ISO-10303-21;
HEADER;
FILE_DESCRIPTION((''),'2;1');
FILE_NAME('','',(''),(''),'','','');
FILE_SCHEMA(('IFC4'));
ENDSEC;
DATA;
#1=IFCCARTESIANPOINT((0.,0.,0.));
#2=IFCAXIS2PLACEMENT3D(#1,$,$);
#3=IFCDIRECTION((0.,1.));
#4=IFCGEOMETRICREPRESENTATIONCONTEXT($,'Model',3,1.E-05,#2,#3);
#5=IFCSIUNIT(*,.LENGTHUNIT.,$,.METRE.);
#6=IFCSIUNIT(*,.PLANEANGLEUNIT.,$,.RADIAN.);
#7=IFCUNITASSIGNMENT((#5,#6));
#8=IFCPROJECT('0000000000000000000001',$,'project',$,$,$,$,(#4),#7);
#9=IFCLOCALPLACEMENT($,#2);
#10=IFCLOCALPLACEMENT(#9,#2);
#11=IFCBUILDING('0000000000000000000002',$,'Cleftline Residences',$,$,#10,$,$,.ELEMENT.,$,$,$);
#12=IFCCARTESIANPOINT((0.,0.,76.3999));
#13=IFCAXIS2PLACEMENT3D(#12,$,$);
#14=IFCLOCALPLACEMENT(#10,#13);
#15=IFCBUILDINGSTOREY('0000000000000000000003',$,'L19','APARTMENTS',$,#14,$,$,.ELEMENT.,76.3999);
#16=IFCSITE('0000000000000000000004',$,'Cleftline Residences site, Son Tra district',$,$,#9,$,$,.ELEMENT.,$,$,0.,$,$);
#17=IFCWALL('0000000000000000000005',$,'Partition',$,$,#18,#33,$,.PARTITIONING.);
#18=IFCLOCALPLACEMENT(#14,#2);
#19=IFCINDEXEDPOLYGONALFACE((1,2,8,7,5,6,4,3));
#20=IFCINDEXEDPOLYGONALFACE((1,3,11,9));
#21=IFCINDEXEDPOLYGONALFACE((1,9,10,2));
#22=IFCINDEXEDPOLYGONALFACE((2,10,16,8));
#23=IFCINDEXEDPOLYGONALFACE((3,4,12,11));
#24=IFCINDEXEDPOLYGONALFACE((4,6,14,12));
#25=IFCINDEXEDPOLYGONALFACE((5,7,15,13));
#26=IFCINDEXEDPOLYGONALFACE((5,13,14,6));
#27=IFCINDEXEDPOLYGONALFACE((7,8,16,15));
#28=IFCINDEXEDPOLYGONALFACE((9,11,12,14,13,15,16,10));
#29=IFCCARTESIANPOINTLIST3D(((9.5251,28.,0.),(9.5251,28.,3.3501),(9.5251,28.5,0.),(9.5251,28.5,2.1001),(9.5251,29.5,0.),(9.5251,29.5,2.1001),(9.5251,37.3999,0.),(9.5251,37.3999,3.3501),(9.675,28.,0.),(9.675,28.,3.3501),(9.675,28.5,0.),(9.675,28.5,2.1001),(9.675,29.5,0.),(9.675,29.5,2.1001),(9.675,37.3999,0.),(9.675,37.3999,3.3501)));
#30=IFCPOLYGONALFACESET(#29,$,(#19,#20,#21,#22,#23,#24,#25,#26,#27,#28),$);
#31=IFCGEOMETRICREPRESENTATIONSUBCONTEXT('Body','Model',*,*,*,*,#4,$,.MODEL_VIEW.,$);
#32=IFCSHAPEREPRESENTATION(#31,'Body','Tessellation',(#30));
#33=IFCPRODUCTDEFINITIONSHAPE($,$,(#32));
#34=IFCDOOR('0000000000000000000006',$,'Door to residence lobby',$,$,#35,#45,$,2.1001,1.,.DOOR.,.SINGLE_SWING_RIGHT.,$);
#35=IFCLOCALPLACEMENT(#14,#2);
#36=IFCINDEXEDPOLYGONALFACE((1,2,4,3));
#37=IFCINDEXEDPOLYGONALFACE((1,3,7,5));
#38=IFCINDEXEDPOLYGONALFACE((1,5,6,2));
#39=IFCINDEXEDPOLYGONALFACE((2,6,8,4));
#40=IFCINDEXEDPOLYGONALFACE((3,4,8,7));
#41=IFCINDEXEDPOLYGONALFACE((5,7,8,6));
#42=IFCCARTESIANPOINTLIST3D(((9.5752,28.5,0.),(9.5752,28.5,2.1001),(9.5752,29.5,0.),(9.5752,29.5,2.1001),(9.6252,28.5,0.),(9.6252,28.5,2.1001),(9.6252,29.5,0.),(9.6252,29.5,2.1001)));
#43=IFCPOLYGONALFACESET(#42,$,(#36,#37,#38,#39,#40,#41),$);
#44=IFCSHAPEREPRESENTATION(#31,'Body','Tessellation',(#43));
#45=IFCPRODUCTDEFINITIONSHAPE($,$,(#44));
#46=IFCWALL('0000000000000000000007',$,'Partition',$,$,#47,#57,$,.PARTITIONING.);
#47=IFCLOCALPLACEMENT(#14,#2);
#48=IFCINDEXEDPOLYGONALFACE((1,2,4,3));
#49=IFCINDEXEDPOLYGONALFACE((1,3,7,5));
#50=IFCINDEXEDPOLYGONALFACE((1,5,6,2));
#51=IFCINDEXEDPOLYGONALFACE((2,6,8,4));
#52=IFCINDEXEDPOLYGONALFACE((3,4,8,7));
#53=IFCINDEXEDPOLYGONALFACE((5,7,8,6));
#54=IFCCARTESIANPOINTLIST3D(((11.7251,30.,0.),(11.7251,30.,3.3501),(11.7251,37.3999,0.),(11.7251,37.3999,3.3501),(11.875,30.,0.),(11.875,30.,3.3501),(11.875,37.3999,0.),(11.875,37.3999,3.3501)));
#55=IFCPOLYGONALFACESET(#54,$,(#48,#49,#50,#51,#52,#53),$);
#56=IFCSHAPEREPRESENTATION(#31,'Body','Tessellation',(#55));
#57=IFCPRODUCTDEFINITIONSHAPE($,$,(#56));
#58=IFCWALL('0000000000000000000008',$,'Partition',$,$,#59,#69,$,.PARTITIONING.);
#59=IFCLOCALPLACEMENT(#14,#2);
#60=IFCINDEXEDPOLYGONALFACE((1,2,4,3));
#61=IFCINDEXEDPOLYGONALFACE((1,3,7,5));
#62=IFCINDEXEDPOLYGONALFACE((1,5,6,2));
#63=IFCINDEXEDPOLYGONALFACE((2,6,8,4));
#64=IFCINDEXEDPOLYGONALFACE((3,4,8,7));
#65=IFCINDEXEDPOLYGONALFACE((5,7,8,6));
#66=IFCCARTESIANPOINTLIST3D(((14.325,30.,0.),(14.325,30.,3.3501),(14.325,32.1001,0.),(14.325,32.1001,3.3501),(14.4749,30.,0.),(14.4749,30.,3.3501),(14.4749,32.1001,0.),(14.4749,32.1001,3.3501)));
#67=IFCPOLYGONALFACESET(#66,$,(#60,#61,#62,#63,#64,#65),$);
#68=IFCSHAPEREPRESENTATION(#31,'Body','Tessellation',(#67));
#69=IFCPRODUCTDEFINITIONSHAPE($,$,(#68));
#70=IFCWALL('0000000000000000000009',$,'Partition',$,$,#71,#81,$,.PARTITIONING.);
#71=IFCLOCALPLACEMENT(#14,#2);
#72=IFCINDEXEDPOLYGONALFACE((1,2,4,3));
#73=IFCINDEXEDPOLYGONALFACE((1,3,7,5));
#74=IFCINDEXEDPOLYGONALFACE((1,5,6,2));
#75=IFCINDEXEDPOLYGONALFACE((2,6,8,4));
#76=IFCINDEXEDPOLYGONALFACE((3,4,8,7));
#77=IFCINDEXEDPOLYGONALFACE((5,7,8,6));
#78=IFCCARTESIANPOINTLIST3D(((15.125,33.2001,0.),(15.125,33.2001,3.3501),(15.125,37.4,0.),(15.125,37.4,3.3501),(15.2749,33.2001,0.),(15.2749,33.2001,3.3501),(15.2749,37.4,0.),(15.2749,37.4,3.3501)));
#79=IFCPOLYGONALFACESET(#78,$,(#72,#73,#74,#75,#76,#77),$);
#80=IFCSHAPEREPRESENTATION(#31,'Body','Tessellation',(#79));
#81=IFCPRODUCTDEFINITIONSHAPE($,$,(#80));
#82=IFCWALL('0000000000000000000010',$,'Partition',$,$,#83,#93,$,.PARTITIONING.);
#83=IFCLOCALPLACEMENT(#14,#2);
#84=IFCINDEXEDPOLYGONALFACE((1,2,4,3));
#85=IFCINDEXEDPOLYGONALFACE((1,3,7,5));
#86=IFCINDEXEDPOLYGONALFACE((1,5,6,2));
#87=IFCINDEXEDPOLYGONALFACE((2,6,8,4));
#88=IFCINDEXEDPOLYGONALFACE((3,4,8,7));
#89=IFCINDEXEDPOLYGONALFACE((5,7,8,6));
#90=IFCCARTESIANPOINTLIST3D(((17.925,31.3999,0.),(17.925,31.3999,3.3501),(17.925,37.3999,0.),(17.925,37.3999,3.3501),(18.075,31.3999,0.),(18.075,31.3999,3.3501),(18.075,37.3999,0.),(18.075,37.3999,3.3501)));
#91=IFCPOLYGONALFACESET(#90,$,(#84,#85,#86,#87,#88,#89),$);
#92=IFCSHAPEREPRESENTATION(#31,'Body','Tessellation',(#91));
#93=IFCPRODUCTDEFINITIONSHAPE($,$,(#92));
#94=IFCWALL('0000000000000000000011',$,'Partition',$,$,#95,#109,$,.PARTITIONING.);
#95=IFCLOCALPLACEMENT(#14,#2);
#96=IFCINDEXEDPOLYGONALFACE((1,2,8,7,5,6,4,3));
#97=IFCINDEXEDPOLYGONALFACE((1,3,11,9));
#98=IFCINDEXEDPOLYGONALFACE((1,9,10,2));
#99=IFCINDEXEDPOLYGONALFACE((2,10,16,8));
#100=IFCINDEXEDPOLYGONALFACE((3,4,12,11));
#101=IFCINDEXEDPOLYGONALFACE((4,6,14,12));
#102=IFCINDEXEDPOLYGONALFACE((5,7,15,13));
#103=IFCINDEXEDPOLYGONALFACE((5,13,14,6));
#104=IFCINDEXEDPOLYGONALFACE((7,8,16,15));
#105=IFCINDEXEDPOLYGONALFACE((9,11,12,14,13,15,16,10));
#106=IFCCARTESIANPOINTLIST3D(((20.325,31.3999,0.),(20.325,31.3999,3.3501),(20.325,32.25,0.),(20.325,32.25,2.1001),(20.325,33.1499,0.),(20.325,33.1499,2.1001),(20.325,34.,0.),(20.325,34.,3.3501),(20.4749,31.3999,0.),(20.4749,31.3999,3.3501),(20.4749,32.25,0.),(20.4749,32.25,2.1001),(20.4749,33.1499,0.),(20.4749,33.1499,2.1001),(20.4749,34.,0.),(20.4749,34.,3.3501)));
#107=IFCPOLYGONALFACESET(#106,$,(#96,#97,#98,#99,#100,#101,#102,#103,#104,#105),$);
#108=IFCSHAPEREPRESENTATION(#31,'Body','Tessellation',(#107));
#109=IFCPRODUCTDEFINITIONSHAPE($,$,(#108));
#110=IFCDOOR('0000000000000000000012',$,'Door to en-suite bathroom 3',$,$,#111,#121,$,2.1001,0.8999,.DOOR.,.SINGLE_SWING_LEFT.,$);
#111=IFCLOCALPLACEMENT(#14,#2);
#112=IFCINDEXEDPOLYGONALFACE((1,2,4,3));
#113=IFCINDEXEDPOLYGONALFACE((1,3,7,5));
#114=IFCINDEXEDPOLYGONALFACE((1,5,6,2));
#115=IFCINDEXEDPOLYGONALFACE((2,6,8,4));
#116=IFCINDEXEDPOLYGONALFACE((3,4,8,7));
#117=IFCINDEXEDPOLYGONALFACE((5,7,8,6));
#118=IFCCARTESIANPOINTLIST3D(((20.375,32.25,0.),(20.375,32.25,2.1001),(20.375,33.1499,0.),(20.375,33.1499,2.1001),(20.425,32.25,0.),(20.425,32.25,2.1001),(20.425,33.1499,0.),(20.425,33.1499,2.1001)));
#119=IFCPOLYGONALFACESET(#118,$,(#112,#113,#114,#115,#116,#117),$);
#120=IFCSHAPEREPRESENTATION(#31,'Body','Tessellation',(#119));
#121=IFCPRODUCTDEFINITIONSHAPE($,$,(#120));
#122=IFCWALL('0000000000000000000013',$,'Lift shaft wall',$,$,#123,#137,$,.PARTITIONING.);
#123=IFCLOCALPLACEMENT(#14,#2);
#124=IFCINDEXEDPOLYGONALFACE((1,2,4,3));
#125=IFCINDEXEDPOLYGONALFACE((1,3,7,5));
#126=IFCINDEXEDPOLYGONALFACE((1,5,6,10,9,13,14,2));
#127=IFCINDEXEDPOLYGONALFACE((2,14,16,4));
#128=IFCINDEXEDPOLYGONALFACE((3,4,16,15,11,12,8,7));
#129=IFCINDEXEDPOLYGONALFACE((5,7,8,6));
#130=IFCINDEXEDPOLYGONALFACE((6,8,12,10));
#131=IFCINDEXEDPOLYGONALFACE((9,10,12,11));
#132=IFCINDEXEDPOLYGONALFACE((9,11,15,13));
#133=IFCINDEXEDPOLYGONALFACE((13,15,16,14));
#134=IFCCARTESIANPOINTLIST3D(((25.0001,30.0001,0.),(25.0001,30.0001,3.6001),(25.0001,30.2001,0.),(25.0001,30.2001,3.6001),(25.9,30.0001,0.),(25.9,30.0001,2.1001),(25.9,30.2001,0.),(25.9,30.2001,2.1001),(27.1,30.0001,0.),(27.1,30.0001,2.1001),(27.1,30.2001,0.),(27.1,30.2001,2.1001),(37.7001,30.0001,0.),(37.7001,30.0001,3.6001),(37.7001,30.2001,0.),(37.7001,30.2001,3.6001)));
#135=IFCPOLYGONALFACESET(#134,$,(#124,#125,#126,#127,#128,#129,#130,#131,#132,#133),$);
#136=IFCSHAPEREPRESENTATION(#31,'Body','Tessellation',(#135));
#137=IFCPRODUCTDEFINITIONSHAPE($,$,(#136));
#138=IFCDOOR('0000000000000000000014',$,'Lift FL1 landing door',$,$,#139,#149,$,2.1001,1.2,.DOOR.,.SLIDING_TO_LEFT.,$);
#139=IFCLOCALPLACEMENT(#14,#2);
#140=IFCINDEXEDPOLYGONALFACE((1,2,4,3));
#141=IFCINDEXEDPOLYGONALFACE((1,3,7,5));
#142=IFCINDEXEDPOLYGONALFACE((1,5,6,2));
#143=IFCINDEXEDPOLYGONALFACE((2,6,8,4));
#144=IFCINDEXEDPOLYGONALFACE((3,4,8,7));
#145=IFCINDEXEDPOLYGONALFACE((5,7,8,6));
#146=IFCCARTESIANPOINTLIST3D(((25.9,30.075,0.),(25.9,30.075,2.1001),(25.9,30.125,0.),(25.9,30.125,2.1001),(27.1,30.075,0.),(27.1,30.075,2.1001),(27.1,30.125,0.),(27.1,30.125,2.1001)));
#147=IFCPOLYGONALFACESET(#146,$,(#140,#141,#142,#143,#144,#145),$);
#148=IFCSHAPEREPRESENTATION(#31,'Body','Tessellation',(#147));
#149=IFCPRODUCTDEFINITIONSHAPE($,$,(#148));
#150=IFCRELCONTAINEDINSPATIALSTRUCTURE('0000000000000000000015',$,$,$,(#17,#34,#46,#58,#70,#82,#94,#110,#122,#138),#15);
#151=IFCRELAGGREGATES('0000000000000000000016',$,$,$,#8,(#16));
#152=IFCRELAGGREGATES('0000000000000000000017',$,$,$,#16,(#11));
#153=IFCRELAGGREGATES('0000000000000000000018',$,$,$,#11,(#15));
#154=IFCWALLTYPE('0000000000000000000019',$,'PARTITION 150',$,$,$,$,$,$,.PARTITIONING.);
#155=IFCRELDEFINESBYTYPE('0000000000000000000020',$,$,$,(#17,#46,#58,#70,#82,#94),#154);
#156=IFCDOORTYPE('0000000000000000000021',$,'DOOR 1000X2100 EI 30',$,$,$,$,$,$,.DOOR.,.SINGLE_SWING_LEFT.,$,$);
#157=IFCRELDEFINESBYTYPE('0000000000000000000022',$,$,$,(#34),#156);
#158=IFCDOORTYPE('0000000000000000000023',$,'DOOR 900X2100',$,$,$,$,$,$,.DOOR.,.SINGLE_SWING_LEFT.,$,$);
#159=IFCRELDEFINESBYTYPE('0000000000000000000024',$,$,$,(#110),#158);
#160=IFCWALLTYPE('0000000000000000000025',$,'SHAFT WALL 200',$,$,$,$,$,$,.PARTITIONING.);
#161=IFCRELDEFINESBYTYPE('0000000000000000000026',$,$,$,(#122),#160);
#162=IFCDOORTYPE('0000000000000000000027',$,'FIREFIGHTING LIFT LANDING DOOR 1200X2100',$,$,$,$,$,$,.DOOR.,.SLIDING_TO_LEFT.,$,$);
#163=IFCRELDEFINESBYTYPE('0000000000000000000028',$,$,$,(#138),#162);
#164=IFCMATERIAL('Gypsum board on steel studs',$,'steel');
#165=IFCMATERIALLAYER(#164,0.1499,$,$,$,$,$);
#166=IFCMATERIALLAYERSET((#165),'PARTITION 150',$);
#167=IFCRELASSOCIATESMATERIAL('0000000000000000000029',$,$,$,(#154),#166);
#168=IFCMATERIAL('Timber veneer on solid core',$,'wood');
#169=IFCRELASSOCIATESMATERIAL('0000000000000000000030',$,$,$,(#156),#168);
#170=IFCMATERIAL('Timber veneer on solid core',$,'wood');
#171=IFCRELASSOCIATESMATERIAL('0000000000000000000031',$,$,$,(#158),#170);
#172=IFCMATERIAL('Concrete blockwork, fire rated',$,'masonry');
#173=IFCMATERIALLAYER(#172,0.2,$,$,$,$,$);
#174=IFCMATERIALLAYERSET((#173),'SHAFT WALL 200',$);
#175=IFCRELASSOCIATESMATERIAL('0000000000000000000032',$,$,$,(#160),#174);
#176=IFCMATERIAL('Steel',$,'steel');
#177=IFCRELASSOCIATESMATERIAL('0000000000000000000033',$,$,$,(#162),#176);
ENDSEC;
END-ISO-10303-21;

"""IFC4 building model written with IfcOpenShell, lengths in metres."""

from ifc_helpers import new_model, si_unit, direction, frame, frame_2d, origin, place, context, subcontext, project, spatial, rectangle, extrude, material, layer, layer_set, type_object, element, fill, save


model = new_model("IFC4")

# Units and contexts
model_context = context("Model", 3, precision=1e-05, world=origin(), true_north=direction((0.0, 1.0)))
body_context = subcontext(model_context, "Body", "Model", "MODEL_VIEW")
ifc_project = project(units=[si_unit("LENGTHUNIT", "METRE"), si_unit("PLANEANGLEUNIT", "RADIAN")], contexts=[model_context])

# Site, building, storey
site_placement = place(None, origin())
site = spatial("IfcSite", under=ifc_project, at=site_placement, Name="Cleftline Residences site, Son Tra district", CompositionType="ELEMENT", RefElevation=0.0)
building_placement = place(site_placement, origin())
building = spatial("IfcBuilding", under=site, at=building_placement, Name="Cleftline Residences", CompositionType="ELEMENT")
storey_placement = place(building_placement, frame((0.0, 0.0, 76.3999)))
storey = spatial("IfcBuildingStorey", under=building, at=storey_placement, Name="L19", Description="APARTMENTS", CompositionType="ELEMENT", Elevation=76.3999)

# Shared definitions
ifc_material_1 = material(Name="Gypsum board on steel studs", Category="steel")
ifc_layer_1 = layer(ifc_material_1, 0.1499)
ifc_layer_set_1 = layer_set([ifc_layer_1], Name="PARTITION 150")
wall_type_1 = type_object("IfcWallType", Name="PARTITION 150", PredefinedType="PARTITIONING", material=ifc_layer_set_1)

# Wall, opening, door
wall_1_placement = place(storey_placement, frame((9.6001, 28.0, 0.0), z_axis=(0.0, 0.0, 1.0), x_axis=(0.0, 1.0, 0.0)))
wall_1 = element("IfcWall", 1, at=wall_1_placement, inside=storey, type_object=wall_type_1, Name="Partition", PredefinedType="PARTITIONING", context=body_context, shape_type="SweptSolid", body=[
    extrude(rectangle(XDim=9.3999, YDim=0.1499, at=frame_2d((4.7, 0.0))), origin(), (0.0, 0.0, 1.0), 3.3501),
])
opening_1_placement = place(wall_1_placement, frame((0.5, 0.0, 0.0)))
opening_1 = element("IfcOpeningElement", 2, at=opening_1_placement, cuts=wall_1, PredefinedType="OPENING", context=body_context, shape_type="SweptSolid", body=[
    extrude(rectangle(XDim=1.0, YDim=2.1001, at=frame_2d((0.5, 1.05))), frame((0.0, 0.085, 0.0), z_axis=(0.0, -1.0, 0.0), x_axis=(1.0, 0.0, 0.0)), (0.0, 0.0, 1.0), 0.1699),
])
ifc_material_2 = material(Name="Timber veneer on solid core", Category="wood")
door_type_1 = type_object("IfcDoorType", Name="DOOR 1000X2100 EI 30", OperationType="SINGLE_SWING_LEFT", PredefinedType="DOOR", material=ifc_material_2)
door_1_placement = place(opening_1_placement, origin())
door_1 = element("IfcDoor", 3, at=door_1_placement, inside=storey, type_object=door_type_1, Name="Door to residence lobby", OperationType="SINGLE_SWING_RIGHT", OverallHeight=2.1001, OverallWidth=1.0, PredefinedType="DOOR", context=body_context, shape_type="SweptSolid", body=[
    extrude(rectangle(XDim=1.0, YDim=2.1001, at=frame_2d((0.5, 1.05))), frame((0.0, 0.0249, 0.0), z_axis=(0.0, -1.0, 0.0), x_axis=(1.0, 0.0, 0.0)), (0.0, 0.0, 1.0), 0.05),
])
fill(opening_1, door_1)

# Walls
wall_2_placement = place(storey_placement, frame((11.8, 30.0, 0.0), z_axis=(0.0, 0.0, 1.0), x_axis=(0.0, 1.0, 0.0)))
element("IfcWall", 4, at=wall_2_placement, inside=storey, type_object=wall_type_1, Name="Partition", PredefinedType="PARTITIONING", context=body_context, shape_type="SweptSolid", body=[
    extrude(rectangle(XDim=7.3999, YDim=0.1499, at=frame_2d((3.7, 0.0))), origin(), (0.0, 0.0, 1.0), 3.3501),
])
wall_3_placement = place(storey_placement, frame((14.3999, 30.0, 0.0), z_axis=(0.0, 0.0, 1.0), x_axis=(0.0, 1.0, 0.0)))
element("IfcWall", 5, at=wall_3_placement, inside=storey, type_object=wall_type_1, Name="Partition", PredefinedType="PARTITIONING", context=body_context, shape_type="SweptSolid", body=[
    extrude(rectangle(XDim=2.1001, YDim=0.1499, at=frame_2d((1.05, 0.0))), origin(), (0.0, 0.0, 1.0), 3.3501),
])
wall_4_placement = place(storey_placement, frame((15.2, 33.2, 0.0), z_axis=(0.0, 0.0, 1.0), x_axis=(0.0, 1.0, 0.0)))
element("IfcWall", 6, at=wall_4_placement, inside=storey, type_object=wall_type_1, Name="Partition", PredefinedType="PARTITIONING", context=body_context, shape_type="SweptSolid", body=[
    extrude(rectangle(XDim=4.2, YDim=0.1499, at=frame_2d((2.1001, 0.0))), origin(), (0.0, 0.0, 1.0), 3.3501),
])
wall_5_placement = place(storey_placement, frame((18.0, 31.3999, 0.0), z_axis=(0.0, 0.0, 1.0), x_axis=(0.0, 1.0, 0.0)))
element("IfcWall", 7, at=wall_5_placement, inside=storey, type_object=wall_type_1, Name="Partition", PredefinedType="PARTITIONING", context=body_context, shape_type="SweptSolid", body=[
    extrude(rectangle(XDim=6.0, YDim=0.1499, at=frame_2d((3.0, 0.0))), origin(), (0.0, 0.0, 1.0), 3.3501),
])

# Walls, openings, doors
wall_6_placement = place(storey_placement, frame((20.3999, 31.3999, 0.0), z_axis=(0.0, 0.0, 1.0), x_axis=(0.0, 1.0, 0.0)))
wall_6 = element("IfcWall", 8, at=wall_6_placement, inside=storey, type_object=wall_type_1, Name="Partition", PredefinedType="PARTITIONING", context=body_context, shape_type="SweptSolid", body=[
    extrude(rectangle(XDim=2.6001, YDim=0.1499, at=frame_2d((1.3, 0.0))), origin(), (0.0, 0.0, 1.0), 3.3501),
])
opening_2_placement = place(wall_6_placement, frame((0.8501, 0.0, 0.0)))
opening_2 = element("IfcOpeningElement", 9, at=opening_2_placement, cuts=wall_6, PredefinedType="OPENING", context=body_context, shape_type="SweptSolid", body=[
    extrude(rectangle(XDim=0.8999, YDim=2.1001, at=frame_2d((0.45, 1.05))), frame((0.0, 0.085, 0.0), z_axis=(0.0, -1.0, 0.0), x_axis=(1.0, 0.0, 0.0)), (0.0, 0.0, 1.0), 0.1699),
])
ifc_material_3 = material(Name="Timber veneer on solid core", Category="wood")
door_type_2 = type_object("IfcDoorType", Name="DOOR 900X2100", OperationType="SINGLE_SWING_LEFT", PredefinedType="DOOR", material=ifc_material_3)
door_2_placement = place(opening_2_placement, origin())
door_2 = element("IfcDoor", 10, at=door_2_placement, inside=storey, type_object=door_type_2, Name="Door to en-suite bathroom 3", OperationType="SINGLE_SWING_LEFT", OverallHeight=2.1001, OverallWidth=0.8999, PredefinedType="DOOR", context=body_context, shape_type="SweptSolid", body=[
    extrude(rectangle(XDim=0.8999, YDim=2.1001, at=frame_2d((0.45, 1.05))), frame((0.0, 0.0249, 0.0), z_axis=(0.0, -1.0, 0.0), x_axis=(1.0, 0.0, 0.0)), (0.0, 0.0, 1.0), 0.05),
])
fill(opening_2, door_2)
ifc_material_4 = material(Name="Concrete blockwork, fire rated", Category="masonry")
ifc_layer_2 = layer(ifc_material_4, 0.2)
ifc_layer_set_2 = layer_set([ifc_layer_2], Name="SHAFT WALL 200")
wall_type_2 = type_object("IfcWallType", Name="SHAFT WALL 200", PredefinedType="PARTITIONING", material=ifc_layer_set_2)
wall_7_placement = place(storey_placement, frame((25.0, 30.1001, 0.0), z_axis=(0.0, 0.0, 1.0), x_axis=(1.0, 0.0, 0.0)))
wall_7 = element("IfcWall", 11, at=wall_7_placement, inside=storey, type_object=wall_type_2, Name="Lift shaft wall", PredefinedType="PARTITIONING", context=body_context, shape_type="SweptSolid", body=[
    extrude(rectangle(XDim=12.7, YDim=0.2, at=frame_2d((6.3501, 0.0))), origin(), (0.0, 0.0, 1.0), 3.6001),
])
opening_3_placement = place(wall_7_placement, frame((0.8999, 0.0, 0.0)))
opening_3 = element("IfcOpeningElement", 12, at=opening_3_placement, cuts=wall_7, PredefinedType="OPENING", context=body_context, shape_type="SweptSolid", body=[
    extrude(rectangle(XDim=1.2, YDim=2.1001, at=frame_2d((0.6001, 1.05))), frame((0.0, 0.1099, 0.0), z_axis=(0.0, -1.0, 0.0), x_axis=(1.0, 0.0, 0.0)), (0.0, 0.0, 1.0), 0.22),
])
ifc_material_5 = material(Name="Steel", Category="steel")
door_type_3 = type_object("IfcDoorType", Name="FIREFIGHTING LIFT LANDING DOOR 1200X2100", OperationType="SLIDING_TO_LEFT", PredefinedType="DOOR", material=ifc_material_5)
door_3_placement = place(opening_3_placement, origin())
door_3 = element("IfcDoor", 13, at=door_3_placement, inside=storey, type_object=door_type_3, Name="Lift FL1 landing door", OperationType="SLIDING_TO_LEFT", OverallHeight=2.1001, OverallWidth=1.2, PredefinedType="DOOR", context=body_context, shape_type="SweptSolid", body=[
    extrude(rectangle(XDim=1.2, YDim=2.1001, at=frame_2d((0.6001, 1.05))), frame((0.0, 0.0249, 0.0), z_axis=(0.0, -1.0, 0.0), x_axis=(1.0, 0.0, 0.0)), (0.0, 0.0, 1.0), 0.05),
])
fill(opening_3, door_3)

save(model, "model.ifc")
